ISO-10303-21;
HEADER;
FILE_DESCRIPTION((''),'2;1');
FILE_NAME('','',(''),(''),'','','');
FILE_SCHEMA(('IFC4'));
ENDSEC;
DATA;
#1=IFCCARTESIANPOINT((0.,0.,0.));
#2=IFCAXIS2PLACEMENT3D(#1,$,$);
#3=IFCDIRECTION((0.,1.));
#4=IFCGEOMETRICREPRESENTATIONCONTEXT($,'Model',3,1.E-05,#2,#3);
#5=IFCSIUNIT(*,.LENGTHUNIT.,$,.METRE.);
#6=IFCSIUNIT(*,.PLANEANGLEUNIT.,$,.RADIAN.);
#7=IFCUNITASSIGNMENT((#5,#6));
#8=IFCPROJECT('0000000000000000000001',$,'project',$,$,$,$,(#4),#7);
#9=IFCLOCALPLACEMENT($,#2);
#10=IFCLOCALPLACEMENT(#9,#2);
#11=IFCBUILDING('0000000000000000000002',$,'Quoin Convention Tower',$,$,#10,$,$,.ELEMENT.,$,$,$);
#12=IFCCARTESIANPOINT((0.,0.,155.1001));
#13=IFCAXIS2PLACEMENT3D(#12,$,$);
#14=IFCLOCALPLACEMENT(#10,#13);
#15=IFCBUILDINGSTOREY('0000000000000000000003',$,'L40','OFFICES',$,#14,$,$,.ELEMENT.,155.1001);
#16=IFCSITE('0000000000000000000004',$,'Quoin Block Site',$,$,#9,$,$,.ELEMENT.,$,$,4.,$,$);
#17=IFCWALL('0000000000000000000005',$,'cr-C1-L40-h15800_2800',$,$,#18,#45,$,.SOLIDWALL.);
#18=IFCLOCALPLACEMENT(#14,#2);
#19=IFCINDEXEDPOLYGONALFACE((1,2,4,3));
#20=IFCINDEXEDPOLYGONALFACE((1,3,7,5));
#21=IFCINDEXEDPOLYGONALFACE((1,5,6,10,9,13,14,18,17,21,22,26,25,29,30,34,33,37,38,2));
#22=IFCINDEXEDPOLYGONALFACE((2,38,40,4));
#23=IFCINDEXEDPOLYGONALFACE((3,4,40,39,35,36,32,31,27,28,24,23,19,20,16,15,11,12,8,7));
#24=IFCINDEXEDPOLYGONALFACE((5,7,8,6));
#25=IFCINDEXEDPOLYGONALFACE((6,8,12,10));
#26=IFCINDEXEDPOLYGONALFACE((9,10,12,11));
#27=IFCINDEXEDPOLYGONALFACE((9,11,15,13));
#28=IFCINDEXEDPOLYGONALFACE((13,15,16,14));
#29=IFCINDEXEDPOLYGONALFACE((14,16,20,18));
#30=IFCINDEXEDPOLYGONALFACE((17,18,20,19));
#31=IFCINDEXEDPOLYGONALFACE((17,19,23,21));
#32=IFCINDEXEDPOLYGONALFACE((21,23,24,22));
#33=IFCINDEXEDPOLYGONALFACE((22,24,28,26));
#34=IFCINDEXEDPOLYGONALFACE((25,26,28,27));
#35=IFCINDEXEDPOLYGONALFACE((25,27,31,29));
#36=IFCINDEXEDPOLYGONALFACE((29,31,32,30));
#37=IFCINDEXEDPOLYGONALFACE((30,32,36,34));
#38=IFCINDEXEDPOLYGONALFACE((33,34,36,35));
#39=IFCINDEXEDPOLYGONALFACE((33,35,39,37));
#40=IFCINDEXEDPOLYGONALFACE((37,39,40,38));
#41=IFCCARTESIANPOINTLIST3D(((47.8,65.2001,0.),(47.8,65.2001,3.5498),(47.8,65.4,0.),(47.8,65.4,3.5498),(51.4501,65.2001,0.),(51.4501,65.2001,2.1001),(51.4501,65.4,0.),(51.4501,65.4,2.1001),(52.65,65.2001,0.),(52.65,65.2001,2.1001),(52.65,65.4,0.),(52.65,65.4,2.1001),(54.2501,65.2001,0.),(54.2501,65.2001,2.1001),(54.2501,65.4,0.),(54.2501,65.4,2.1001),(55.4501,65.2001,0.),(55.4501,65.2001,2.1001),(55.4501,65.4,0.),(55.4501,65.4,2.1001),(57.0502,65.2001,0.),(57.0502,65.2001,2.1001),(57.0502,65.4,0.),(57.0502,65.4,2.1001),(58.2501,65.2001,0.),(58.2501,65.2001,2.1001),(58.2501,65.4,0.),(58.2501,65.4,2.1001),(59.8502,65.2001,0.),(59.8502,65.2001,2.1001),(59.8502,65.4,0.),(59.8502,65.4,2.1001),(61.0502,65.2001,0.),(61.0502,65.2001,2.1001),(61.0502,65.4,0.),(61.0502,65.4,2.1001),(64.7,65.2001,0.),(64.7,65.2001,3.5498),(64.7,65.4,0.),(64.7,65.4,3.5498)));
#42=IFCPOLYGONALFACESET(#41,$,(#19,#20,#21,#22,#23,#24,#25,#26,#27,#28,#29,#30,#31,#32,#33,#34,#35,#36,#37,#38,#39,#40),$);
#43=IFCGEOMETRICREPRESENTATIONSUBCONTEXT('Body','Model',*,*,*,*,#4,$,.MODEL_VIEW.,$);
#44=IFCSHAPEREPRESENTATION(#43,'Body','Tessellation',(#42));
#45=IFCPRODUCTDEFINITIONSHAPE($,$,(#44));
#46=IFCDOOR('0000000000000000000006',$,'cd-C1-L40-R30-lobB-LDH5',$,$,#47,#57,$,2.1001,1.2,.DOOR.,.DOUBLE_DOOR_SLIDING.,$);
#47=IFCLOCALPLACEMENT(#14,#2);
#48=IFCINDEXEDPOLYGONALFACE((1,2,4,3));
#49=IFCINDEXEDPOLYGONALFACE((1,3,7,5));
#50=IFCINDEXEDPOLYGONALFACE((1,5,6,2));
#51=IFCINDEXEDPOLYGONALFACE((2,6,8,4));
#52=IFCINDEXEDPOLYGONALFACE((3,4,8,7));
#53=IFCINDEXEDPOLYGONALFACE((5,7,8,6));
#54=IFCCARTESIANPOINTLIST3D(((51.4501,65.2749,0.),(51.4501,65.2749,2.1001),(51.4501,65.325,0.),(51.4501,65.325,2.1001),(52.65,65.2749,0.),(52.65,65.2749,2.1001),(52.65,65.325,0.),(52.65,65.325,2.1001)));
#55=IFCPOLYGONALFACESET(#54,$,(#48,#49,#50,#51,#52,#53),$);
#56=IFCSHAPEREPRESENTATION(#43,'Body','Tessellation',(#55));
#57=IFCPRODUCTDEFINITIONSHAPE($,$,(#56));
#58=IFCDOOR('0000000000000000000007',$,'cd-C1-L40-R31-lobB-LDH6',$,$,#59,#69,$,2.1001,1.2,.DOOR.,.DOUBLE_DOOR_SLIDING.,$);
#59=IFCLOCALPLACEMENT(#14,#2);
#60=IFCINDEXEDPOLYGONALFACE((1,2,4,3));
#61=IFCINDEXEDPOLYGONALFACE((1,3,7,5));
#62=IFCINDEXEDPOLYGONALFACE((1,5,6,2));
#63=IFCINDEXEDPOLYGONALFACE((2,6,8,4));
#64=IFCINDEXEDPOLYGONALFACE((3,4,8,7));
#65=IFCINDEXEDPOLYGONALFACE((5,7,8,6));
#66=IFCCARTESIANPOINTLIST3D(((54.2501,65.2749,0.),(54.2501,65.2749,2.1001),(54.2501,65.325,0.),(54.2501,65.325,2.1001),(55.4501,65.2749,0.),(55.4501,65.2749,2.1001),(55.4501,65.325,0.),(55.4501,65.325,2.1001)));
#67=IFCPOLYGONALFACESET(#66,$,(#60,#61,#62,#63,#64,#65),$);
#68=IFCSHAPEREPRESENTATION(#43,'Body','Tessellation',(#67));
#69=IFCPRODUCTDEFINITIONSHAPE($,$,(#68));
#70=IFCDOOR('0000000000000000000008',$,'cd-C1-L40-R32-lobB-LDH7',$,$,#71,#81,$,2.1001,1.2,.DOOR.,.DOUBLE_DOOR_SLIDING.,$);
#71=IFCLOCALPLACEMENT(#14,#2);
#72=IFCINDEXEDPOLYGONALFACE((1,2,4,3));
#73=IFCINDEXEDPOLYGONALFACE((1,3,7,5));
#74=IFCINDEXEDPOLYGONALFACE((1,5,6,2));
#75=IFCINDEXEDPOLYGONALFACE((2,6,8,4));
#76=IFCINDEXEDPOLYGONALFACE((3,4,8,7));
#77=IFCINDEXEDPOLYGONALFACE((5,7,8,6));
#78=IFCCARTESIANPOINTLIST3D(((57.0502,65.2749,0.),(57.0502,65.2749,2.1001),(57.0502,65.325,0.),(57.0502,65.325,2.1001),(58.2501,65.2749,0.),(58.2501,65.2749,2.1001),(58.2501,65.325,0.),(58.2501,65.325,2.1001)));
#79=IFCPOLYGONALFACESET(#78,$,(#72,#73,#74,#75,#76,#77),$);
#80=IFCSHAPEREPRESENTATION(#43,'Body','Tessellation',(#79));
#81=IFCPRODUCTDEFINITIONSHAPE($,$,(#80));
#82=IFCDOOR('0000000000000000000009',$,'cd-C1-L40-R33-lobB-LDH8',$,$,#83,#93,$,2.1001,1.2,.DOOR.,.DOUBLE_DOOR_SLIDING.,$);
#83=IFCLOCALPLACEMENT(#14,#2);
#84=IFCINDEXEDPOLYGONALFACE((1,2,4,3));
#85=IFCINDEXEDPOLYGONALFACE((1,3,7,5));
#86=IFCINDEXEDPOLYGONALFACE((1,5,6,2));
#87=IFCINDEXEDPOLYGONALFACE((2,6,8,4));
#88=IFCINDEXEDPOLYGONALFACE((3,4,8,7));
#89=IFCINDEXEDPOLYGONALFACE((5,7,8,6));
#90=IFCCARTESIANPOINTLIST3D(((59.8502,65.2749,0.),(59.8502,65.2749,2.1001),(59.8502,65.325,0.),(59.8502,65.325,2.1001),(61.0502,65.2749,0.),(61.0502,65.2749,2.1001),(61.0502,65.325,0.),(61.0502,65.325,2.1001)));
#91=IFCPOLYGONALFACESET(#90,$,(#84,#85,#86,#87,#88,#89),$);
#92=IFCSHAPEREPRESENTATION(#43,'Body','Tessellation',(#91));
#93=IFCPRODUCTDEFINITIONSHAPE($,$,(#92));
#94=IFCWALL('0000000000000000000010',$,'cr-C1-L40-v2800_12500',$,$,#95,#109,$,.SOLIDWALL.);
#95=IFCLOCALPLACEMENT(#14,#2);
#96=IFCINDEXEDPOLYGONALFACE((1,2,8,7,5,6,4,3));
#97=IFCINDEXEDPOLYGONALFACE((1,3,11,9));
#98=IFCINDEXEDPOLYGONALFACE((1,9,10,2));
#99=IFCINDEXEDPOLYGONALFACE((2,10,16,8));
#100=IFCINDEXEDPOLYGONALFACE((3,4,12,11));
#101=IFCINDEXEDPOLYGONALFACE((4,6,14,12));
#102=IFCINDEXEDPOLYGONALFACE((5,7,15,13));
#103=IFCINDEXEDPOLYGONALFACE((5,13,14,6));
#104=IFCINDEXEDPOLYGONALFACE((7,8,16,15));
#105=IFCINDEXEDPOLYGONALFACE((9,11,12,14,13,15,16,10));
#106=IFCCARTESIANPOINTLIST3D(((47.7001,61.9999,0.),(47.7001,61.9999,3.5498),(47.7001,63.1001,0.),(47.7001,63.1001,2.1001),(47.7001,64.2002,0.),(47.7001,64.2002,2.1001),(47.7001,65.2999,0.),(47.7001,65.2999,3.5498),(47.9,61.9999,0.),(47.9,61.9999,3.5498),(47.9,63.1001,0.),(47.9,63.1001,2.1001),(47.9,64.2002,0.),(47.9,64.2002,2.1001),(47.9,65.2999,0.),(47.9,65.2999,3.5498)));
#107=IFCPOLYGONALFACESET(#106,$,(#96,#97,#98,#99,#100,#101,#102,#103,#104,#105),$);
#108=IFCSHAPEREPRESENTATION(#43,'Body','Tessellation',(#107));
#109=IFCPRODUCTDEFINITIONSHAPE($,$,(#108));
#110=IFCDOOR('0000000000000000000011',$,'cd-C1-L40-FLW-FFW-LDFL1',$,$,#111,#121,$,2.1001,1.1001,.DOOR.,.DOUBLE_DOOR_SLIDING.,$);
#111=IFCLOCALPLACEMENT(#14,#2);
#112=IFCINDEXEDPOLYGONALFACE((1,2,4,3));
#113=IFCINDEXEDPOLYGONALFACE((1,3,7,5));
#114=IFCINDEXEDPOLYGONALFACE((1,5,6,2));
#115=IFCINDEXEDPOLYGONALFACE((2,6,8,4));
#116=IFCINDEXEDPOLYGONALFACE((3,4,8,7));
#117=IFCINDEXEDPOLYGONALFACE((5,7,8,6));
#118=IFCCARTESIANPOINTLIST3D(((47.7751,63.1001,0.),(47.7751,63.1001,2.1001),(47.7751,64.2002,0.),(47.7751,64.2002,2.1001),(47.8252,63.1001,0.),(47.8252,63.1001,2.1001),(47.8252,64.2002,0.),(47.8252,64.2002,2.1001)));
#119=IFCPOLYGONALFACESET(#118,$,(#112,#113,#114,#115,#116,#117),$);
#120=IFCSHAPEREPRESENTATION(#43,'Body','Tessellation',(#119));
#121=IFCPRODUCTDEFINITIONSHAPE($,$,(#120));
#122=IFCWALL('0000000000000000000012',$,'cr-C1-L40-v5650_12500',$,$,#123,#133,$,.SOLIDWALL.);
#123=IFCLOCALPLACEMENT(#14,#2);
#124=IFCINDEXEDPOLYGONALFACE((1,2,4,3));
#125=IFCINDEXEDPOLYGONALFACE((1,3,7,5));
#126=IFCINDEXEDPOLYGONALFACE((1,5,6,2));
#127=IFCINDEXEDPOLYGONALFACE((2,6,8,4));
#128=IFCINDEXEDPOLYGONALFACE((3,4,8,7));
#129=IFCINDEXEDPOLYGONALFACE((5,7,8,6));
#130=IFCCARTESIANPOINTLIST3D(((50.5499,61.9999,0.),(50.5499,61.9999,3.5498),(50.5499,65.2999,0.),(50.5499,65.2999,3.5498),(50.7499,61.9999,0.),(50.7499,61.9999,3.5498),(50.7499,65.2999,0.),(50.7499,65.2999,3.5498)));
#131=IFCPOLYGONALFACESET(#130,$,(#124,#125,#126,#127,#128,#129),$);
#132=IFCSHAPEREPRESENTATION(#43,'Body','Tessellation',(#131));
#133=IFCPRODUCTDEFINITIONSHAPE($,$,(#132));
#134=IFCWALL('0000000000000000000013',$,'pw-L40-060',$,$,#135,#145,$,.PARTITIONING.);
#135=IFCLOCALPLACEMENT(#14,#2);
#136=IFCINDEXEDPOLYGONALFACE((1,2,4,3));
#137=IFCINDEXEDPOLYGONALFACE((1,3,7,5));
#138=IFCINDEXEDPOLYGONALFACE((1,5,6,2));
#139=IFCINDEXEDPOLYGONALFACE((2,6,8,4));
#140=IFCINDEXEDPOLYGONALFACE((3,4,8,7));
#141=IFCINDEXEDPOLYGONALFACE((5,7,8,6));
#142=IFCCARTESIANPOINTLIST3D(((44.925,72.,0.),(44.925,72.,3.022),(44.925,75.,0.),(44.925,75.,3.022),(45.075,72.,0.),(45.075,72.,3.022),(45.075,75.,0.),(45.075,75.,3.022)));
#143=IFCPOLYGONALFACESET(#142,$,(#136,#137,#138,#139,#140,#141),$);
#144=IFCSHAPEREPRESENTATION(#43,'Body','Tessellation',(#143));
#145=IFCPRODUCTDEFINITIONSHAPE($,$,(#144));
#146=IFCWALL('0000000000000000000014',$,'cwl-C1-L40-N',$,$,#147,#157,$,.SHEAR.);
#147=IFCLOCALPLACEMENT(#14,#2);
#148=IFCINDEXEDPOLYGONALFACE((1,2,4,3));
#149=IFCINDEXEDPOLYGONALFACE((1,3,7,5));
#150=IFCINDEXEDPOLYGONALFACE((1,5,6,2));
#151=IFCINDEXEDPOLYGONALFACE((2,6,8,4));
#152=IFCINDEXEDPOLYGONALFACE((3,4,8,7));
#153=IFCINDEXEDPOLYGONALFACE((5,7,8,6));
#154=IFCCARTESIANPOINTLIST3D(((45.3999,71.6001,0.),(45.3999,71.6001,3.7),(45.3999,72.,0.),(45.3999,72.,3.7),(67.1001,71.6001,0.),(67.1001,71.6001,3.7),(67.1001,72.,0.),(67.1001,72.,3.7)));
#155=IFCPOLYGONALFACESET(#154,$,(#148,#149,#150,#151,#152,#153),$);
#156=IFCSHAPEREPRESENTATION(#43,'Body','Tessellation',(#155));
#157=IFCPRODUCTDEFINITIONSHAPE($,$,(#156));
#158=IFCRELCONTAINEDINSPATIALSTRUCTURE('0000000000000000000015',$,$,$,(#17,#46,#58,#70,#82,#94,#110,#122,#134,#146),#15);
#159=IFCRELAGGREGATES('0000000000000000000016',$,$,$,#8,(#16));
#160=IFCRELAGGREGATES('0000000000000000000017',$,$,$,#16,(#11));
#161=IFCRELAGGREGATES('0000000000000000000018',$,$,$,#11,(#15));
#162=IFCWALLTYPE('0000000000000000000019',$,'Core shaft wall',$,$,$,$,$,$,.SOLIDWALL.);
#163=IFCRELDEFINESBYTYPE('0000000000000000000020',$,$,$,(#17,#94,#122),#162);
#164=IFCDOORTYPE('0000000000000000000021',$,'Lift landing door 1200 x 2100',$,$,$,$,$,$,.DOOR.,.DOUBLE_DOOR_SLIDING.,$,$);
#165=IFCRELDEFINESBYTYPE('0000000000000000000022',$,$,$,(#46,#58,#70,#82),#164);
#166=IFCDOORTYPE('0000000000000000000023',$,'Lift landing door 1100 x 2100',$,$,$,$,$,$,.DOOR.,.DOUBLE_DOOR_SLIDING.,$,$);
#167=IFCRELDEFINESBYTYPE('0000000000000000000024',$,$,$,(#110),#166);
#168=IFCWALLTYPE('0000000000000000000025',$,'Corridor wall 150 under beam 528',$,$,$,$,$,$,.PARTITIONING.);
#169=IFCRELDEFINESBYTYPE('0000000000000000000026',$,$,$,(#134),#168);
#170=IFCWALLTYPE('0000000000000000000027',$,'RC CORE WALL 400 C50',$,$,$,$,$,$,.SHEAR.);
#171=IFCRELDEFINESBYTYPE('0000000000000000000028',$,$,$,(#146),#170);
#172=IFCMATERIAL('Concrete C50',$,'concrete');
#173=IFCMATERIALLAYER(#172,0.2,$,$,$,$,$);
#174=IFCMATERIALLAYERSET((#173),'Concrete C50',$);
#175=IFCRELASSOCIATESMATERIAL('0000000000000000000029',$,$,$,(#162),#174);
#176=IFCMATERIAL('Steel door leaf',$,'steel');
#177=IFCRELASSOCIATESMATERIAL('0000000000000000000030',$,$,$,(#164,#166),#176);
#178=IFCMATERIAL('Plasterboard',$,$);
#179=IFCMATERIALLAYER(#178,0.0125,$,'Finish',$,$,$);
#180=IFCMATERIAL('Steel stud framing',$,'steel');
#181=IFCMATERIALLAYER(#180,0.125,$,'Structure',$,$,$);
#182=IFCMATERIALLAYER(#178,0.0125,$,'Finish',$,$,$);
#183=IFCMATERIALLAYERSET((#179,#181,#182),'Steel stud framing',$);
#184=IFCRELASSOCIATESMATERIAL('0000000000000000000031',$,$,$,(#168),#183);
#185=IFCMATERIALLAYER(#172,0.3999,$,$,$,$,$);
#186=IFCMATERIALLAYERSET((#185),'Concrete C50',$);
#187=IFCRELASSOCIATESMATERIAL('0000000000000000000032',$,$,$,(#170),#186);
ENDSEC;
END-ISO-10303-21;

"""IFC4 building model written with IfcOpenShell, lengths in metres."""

from ifc_helpers import new_model, si_unit, direction, frame, frame_2d, origin, place, context, subcontext, project, spatial, rectangle, extrude, material, layer, layer_set, type_object, element, fill, save


model = new_model("IFC4")

# Units and contexts
model_context = context("Model", 3, precision=1e-05, world=origin(), true_north=direction((0.0, 1.0)))
body_context = subcontext(model_context, "Body", "Model", "MODEL_VIEW")
ifc_project = project(units=[si_unit("LENGTHUNIT", "METRE"), si_unit("PLANEANGLEUNIT", "RADIAN")], contexts=[model_context])

# Site, building, storey
site_placement = place(None, origin())
site = spatial("IfcSite", under=ifc_project, at=site_placement, Name="Quoin Block Site", CompositionType="ELEMENT", RefElevation=4.0)
building_placement = place(site_placement, origin())
building = spatial("IfcBuilding", under=site, at=building_placement, Name="Quoin Convention Tower", CompositionType="ELEMENT")
storey_placement = place(building_placement, frame((0.0, 0.0, 155.1001)))
storey = spatial("IfcBuildingStorey", under=building, at=storey_placement, Name="L40", Description="OFFICES", CompositionType="ELEMENT", Elevation=155.1001)

# Shared definitions
ifc_material_1 = material(Name="Plasterboard")
ifc_material_2 = material(Name="Steel stud framing", Category="steel")
ifc_material_3 = material(Name="Steel door leaf", Category="steel")

# Shared definitions
ifc_material_4 = material(Name="Concrete C50", Category="concrete")
ifc_layer_1 = layer(ifc_material_4, 0.2)
ifc_layer_set_1 = layer_set([ifc_layer_1], Name="Concrete C50")
wall_type_1 = type_object("IfcWallType", Name="Core shaft wall", PredefinedType="SOLIDWALL", material=ifc_layer_set_1)

# Wall, openings, doors
wall_1_placement = place(storey_placement, frame((47.8, 65.3, 0.0), z_axis=(0.0, 0.0, 1.0), x_axis=(1.0, 0.0, 0.0)))
wall_1 = element("IfcWall", 1, at=wall_1_placement, inside=storey, type_object=wall_type_1, Name="cr-C1-L40-h15800_2800", PredefinedType="SOLIDWALL", context=body_context, shape_type="SweptSolid", body=[
    extrude(rectangle(XDim=16.8999, YDim=0.2, at=frame_2d((8.45, 0.0))), origin(), (0.0, 0.0, 1.0), 3.5498),
])
opening_1_placement = place(wall_1_placement, frame((3.6499, 0.0, 0.0)))
opening_1 = element("IfcOpeningElement", 2, at=opening_1_placement, cuts=wall_1, PredefinedType="OPENING", context=body_context, shape_type="SweptSolid", body=[
    extrude(rectangle(XDim=1.2, YDim=2.1001, at=frame_2d((0.6001, 1.05))), frame((0.0, 0.1099, 0.0), z_axis=(0.0, -1.0, 0.0), x_axis=(1.0, 0.0, 0.0)), (0.0, 0.0, 1.0), 0.22),
])
opening_2_placement = place(wall_1_placement, frame((6.45, 0.0, 0.0)))
opening_2 = element("IfcOpeningElement", 3, at=opening_2_placement, cuts=wall_1, PredefinedType="OPENING", context=body_context, shape_type="SweptSolid", body=[
    extrude(rectangle(XDim=1.2, YDim=2.1001, at=frame_2d((0.6001, 1.05))), frame((0.0, 0.1099, 0.0), z_axis=(0.0, -1.0, 0.0), x_axis=(1.0, 0.0, 0.0)), (0.0, 0.0, 1.0), 0.22),
])
opening_3_placement = place(wall_1_placement, frame((9.25, 0.0, 0.0)))
opening_3 = element("IfcOpeningElement", 4, at=opening_3_placement, cuts=wall_1, PredefinedType="OPENING", context=body_context, shape_type="SweptSolid", body=[
    extrude(rectangle(XDim=1.2, YDim=2.1001, at=frame_2d((0.6001, 1.05))), frame((0.0, 0.1099, 0.0), z_axis=(0.0, -1.0, 0.0), x_axis=(1.0, 0.0, 0.0)), (0.0, 0.0, 1.0), 0.22),
])
opening_4_placement = place(wall_1_placement, frame((12.05, 0.0, 0.0)))
opening_4 = element("IfcOpeningElement", 5, at=opening_4_placement, cuts=wall_1, PredefinedType="OPENING", context=body_context, shape_type="SweptSolid", body=[
    extrude(rectangle(XDim=1.2, YDim=2.1001, at=frame_2d((0.6001, 1.05))), frame((0.0, 0.1099, 0.0), z_axis=(0.0, -1.0, 0.0), x_axis=(1.0, 0.0, 0.0)), (0.0, 0.0, 1.0), 0.22),
])
door_type_1 = type_object("IfcDoorType", Name="Lift landing door 1200 x 2100", OperationType="DOUBLE_DOOR_SLIDING", PredefinedType="DOOR", material=ifc_material_3)
door_1_placement = place(opening_1_placement, origin())
door_1 = element("IfcDoor", 6, at=door_1_placement, inside=storey, type_object=door_type_1, Name="cd-C1-L40-R30-lobB-LDH5", OperationType="DOUBLE_DOOR_SLIDING", OverallHeight=2.1001, OverallWidth=1.2, PredefinedType="DOOR", context=body_context, shape_type="SweptSolid", body=[
    extrude(rectangle(XDim=1.2, YDim=2.1001, at=frame_2d((0.6001, 1.05))), frame((0.0, 0.0249, 0.0), z_axis=(0.0, -1.0, 0.0), x_axis=(1.0, 0.0, 0.0)), (0.0, 0.0, 1.0), 0.05),
])
fill(opening_1, door_1)
door_2_placement = place(opening_2_placement, origin())
door_2 = element("IfcDoor", 7, at=door_2_placement, inside=storey, type_object=door_type_1, Name="cd-C1-L40-R31-lobB-LDH6", OperationType="DOUBLE_DOOR_SLIDING", OverallHeight=2.1001, OverallWidth=1.2, PredefinedType="DOOR", context=body_context, shape_type="SweptSolid", body=[
    extrude(rectangle(XDim=1.2, YDim=2.1001, at=frame_2d((0.6001, 1.05))), frame((0.0, 0.0249, 0.0), z_axis=(0.0, -1.0, 0.0), x_axis=(1.0, 0.0, 0.0)), (0.0, 0.0, 1.0), 0.05),
])
fill(opening_2, door_2)
door_3_placement = place(opening_3_placement, origin())
door_3 = element("IfcDoor", 8, at=door_3_placement, inside=storey, type_object=door_type_1, Name="cd-C1-L40-R32-lobB-LDH7", OperationType="DOUBLE_DOOR_SLIDING", OverallHeight=2.1001, OverallWidth=1.2, PredefinedType="DOOR", context=body_context, shape_type="SweptSolid", body=[
    extrude(rectangle(XDim=1.2, YDim=2.1001, at=frame_2d((0.6001, 1.05))), frame((0.0, 0.0249, 0.0), z_axis=(0.0, -1.0, 0.0), x_axis=(1.0, 0.0, 0.0)), (0.0, 0.0, 1.0), 0.05),
])
fill(opening_3, door_3)
door_4_placement = place(opening_4_placement, origin())
door_4 = element("IfcDoor", 9, at=door_4_placement, inside=storey, type_object=door_type_1, Name="cd-C1-L40-R33-lobB-LDH8", OperationType="DOUBLE_DOOR_SLIDING", OverallHeight=2.1001, OverallWidth=1.2, PredefinedType="DOOR", context=body_context, shape_type="SweptSolid", body=[
    extrude(rectangle(XDim=1.2, YDim=2.1001, at=frame_2d((0.6001, 1.05))), frame((0.0, 0.0249, 0.0), z_axis=(0.0, -1.0, 0.0), x_axis=(1.0, 0.0, 0.0)), (0.0, 0.0, 1.0), 0.05),
])
fill(opening_4, door_4)

# Wall, opening, door
wall_2_placement = place(storey_placement, frame((47.8, 62.0, 0.0), z_axis=(0.0, 0.0, 1.0), x_axis=(0.0, 1.0, 0.0)))
wall_2 = element("IfcWall", 10, at=wall_2_placement, inside=storey, type_object=wall_type_1, Name="cr-C1-L40-v2800_12500", PredefinedType="SOLIDWALL", context=body_context, shape_type="SweptSolid", body=[
    extrude(rectangle(XDim=3.3, YDim=0.2, at=frame_2d((1.6499, 0.0))), origin(), (0.0, 0.0, 1.0), 3.5498),
])
opening_5_placement = place(wall_2_placement, frame((1.1001, 0.0, 0.0)))
opening_5 = element("IfcOpeningElement", 11, at=opening_5_placement, cuts=wall_2, PredefinedType="OPENING", context=body_context, shape_type="SweptSolid", body=[
    extrude(rectangle(XDim=1.1001, YDim=2.1001, at=frame_2d((0.55, 1.05))), frame((0.0, 0.1099, 0.0), z_axis=(0.0, -1.0, 0.0), x_axis=(1.0, 0.0, 0.0)), (0.0, 0.0, 1.0), 0.22),
])
door_type_2 = type_object("IfcDoorType", Name="Lift landing door 1100 x 2100", OperationType="DOUBLE_DOOR_SLIDING", PredefinedType="DOOR", material=ifc_material_3)
door_5_placement = place(opening_5_placement, origin())
door_5 = element("IfcDoor", 12, at=door_5_placement, inside=storey, type_object=door_type_2, Name="cd-C1-L40-FLW-FFW-LDFL1", OperationType="DOUBLE_DOOR_SLIDING", OverallHeight=2.1001, OverallWidth=1.1001, PredefinedType="DOOR", context=body_context, shape_type="SweptSolid", body=[
    extrude(rectangle(XDim=1.1001, YDim=2.1001, at=frame_2d((0.55, 1.05))), frame((0.0, 0.0249, 0.0), z_axis=(0.0, -1.0, 0.0), x_axis=(1.0, 0.0, 0.0)), (0.0, 0.0, 1.0), 0.05),
])
fill(opening_5, door_5)

# Walls
wall_3_placement = place(storey_placement, frame((50.6499, 62.0, 0.0), z_axis=(0.0, 0.0, 1.0), x_axis=(0.0, 1.0, 0.0)))
element("IfcWall", 13, at=wall_3_placement, inside=storey, type_object=wall_type_1, Name="cr-C1-L40-v5650_12500", PredefinedType="SOLIDWALL", context=body_context, shape_type="SweptSolid", body=[
    extrude(rectangle(XDim=3.3, YDim=0.2, at=frame_2d((1.6499, 0.0))), origin(), (0.0, 0.0, 1.0), 3.5498),
])
ifc_layer_2 = layer(ifc_material_1, 0.0125, Name="Finish")
ifc_layer_3 = layer(ifc_material_2, 0.125, Name="Structure")
ifc_layer_4 = layer(ifc_material_1, 0.0125, Name="Finish")
ifc_layer_set_2 = layer_set([ifc_layer_2, ifc_layer_3, ifc_layer_4], Name="Steel stud framing")
wall_type_2 = type_object("IfcWallType", Name="Corridor wall 150 under beam 528", PredefinedType="PARTITIONING", material=ifc_layer_set_2)
wall_4_placement = place(storey_placement, frame((45.0, 72.0, 0.0), z_axis=(0.0, 0.0, 1.0), x_axis=(0.0, 1.0, 0.0)))
element("IfcWall", 14, at=wall_4_placement, inside=storey, type_object=wall_type_2, Name="pw-L40-060", PredefinedType="PARTITIONING", context=body_context, shape_type="SweptSolid", body=[
    extrude(rectangle(XDim=3.0, YDim=0.1499, at=frame_2d((1.5, 0.0))), origin(), (0.0, 0.0, 1.0), 3.022),
])
ifc_layer_5 = layer(ifc_material_4, 0.3999)
ifc_layer_set_3 = layer_set([ifc_layer_5], Name="Concrete C50")
wall_type_3 = type_object("IfcWallType", Name="RC CORE WALL 400 C50", PredefinedType="SHEAR", material=ifc_layer_set_3)
wall_5_placement = place(storey_placement, frame((45.3999, 71.8, 0.0), z_axis=(0.0, 0.0, 1.0), x_axis=(1.0, 0.0, 0.0)))
element("IfcWall", 15, at=wall_5_placement, inside=storey, type_object=wall_type_3, Name="cwl-C1-L40-N", PredefinedType="SHEAR", context=body_context, shape_type="SweptSolid", body=[
    extrude(rectangle(XDim=21.7002, YDim=0.3999, at=frame_2d((10.8501, 0.0))), origin(), (0.0, 0.0, 1.0), 3.7),
])

save(model, "model.ifc")
